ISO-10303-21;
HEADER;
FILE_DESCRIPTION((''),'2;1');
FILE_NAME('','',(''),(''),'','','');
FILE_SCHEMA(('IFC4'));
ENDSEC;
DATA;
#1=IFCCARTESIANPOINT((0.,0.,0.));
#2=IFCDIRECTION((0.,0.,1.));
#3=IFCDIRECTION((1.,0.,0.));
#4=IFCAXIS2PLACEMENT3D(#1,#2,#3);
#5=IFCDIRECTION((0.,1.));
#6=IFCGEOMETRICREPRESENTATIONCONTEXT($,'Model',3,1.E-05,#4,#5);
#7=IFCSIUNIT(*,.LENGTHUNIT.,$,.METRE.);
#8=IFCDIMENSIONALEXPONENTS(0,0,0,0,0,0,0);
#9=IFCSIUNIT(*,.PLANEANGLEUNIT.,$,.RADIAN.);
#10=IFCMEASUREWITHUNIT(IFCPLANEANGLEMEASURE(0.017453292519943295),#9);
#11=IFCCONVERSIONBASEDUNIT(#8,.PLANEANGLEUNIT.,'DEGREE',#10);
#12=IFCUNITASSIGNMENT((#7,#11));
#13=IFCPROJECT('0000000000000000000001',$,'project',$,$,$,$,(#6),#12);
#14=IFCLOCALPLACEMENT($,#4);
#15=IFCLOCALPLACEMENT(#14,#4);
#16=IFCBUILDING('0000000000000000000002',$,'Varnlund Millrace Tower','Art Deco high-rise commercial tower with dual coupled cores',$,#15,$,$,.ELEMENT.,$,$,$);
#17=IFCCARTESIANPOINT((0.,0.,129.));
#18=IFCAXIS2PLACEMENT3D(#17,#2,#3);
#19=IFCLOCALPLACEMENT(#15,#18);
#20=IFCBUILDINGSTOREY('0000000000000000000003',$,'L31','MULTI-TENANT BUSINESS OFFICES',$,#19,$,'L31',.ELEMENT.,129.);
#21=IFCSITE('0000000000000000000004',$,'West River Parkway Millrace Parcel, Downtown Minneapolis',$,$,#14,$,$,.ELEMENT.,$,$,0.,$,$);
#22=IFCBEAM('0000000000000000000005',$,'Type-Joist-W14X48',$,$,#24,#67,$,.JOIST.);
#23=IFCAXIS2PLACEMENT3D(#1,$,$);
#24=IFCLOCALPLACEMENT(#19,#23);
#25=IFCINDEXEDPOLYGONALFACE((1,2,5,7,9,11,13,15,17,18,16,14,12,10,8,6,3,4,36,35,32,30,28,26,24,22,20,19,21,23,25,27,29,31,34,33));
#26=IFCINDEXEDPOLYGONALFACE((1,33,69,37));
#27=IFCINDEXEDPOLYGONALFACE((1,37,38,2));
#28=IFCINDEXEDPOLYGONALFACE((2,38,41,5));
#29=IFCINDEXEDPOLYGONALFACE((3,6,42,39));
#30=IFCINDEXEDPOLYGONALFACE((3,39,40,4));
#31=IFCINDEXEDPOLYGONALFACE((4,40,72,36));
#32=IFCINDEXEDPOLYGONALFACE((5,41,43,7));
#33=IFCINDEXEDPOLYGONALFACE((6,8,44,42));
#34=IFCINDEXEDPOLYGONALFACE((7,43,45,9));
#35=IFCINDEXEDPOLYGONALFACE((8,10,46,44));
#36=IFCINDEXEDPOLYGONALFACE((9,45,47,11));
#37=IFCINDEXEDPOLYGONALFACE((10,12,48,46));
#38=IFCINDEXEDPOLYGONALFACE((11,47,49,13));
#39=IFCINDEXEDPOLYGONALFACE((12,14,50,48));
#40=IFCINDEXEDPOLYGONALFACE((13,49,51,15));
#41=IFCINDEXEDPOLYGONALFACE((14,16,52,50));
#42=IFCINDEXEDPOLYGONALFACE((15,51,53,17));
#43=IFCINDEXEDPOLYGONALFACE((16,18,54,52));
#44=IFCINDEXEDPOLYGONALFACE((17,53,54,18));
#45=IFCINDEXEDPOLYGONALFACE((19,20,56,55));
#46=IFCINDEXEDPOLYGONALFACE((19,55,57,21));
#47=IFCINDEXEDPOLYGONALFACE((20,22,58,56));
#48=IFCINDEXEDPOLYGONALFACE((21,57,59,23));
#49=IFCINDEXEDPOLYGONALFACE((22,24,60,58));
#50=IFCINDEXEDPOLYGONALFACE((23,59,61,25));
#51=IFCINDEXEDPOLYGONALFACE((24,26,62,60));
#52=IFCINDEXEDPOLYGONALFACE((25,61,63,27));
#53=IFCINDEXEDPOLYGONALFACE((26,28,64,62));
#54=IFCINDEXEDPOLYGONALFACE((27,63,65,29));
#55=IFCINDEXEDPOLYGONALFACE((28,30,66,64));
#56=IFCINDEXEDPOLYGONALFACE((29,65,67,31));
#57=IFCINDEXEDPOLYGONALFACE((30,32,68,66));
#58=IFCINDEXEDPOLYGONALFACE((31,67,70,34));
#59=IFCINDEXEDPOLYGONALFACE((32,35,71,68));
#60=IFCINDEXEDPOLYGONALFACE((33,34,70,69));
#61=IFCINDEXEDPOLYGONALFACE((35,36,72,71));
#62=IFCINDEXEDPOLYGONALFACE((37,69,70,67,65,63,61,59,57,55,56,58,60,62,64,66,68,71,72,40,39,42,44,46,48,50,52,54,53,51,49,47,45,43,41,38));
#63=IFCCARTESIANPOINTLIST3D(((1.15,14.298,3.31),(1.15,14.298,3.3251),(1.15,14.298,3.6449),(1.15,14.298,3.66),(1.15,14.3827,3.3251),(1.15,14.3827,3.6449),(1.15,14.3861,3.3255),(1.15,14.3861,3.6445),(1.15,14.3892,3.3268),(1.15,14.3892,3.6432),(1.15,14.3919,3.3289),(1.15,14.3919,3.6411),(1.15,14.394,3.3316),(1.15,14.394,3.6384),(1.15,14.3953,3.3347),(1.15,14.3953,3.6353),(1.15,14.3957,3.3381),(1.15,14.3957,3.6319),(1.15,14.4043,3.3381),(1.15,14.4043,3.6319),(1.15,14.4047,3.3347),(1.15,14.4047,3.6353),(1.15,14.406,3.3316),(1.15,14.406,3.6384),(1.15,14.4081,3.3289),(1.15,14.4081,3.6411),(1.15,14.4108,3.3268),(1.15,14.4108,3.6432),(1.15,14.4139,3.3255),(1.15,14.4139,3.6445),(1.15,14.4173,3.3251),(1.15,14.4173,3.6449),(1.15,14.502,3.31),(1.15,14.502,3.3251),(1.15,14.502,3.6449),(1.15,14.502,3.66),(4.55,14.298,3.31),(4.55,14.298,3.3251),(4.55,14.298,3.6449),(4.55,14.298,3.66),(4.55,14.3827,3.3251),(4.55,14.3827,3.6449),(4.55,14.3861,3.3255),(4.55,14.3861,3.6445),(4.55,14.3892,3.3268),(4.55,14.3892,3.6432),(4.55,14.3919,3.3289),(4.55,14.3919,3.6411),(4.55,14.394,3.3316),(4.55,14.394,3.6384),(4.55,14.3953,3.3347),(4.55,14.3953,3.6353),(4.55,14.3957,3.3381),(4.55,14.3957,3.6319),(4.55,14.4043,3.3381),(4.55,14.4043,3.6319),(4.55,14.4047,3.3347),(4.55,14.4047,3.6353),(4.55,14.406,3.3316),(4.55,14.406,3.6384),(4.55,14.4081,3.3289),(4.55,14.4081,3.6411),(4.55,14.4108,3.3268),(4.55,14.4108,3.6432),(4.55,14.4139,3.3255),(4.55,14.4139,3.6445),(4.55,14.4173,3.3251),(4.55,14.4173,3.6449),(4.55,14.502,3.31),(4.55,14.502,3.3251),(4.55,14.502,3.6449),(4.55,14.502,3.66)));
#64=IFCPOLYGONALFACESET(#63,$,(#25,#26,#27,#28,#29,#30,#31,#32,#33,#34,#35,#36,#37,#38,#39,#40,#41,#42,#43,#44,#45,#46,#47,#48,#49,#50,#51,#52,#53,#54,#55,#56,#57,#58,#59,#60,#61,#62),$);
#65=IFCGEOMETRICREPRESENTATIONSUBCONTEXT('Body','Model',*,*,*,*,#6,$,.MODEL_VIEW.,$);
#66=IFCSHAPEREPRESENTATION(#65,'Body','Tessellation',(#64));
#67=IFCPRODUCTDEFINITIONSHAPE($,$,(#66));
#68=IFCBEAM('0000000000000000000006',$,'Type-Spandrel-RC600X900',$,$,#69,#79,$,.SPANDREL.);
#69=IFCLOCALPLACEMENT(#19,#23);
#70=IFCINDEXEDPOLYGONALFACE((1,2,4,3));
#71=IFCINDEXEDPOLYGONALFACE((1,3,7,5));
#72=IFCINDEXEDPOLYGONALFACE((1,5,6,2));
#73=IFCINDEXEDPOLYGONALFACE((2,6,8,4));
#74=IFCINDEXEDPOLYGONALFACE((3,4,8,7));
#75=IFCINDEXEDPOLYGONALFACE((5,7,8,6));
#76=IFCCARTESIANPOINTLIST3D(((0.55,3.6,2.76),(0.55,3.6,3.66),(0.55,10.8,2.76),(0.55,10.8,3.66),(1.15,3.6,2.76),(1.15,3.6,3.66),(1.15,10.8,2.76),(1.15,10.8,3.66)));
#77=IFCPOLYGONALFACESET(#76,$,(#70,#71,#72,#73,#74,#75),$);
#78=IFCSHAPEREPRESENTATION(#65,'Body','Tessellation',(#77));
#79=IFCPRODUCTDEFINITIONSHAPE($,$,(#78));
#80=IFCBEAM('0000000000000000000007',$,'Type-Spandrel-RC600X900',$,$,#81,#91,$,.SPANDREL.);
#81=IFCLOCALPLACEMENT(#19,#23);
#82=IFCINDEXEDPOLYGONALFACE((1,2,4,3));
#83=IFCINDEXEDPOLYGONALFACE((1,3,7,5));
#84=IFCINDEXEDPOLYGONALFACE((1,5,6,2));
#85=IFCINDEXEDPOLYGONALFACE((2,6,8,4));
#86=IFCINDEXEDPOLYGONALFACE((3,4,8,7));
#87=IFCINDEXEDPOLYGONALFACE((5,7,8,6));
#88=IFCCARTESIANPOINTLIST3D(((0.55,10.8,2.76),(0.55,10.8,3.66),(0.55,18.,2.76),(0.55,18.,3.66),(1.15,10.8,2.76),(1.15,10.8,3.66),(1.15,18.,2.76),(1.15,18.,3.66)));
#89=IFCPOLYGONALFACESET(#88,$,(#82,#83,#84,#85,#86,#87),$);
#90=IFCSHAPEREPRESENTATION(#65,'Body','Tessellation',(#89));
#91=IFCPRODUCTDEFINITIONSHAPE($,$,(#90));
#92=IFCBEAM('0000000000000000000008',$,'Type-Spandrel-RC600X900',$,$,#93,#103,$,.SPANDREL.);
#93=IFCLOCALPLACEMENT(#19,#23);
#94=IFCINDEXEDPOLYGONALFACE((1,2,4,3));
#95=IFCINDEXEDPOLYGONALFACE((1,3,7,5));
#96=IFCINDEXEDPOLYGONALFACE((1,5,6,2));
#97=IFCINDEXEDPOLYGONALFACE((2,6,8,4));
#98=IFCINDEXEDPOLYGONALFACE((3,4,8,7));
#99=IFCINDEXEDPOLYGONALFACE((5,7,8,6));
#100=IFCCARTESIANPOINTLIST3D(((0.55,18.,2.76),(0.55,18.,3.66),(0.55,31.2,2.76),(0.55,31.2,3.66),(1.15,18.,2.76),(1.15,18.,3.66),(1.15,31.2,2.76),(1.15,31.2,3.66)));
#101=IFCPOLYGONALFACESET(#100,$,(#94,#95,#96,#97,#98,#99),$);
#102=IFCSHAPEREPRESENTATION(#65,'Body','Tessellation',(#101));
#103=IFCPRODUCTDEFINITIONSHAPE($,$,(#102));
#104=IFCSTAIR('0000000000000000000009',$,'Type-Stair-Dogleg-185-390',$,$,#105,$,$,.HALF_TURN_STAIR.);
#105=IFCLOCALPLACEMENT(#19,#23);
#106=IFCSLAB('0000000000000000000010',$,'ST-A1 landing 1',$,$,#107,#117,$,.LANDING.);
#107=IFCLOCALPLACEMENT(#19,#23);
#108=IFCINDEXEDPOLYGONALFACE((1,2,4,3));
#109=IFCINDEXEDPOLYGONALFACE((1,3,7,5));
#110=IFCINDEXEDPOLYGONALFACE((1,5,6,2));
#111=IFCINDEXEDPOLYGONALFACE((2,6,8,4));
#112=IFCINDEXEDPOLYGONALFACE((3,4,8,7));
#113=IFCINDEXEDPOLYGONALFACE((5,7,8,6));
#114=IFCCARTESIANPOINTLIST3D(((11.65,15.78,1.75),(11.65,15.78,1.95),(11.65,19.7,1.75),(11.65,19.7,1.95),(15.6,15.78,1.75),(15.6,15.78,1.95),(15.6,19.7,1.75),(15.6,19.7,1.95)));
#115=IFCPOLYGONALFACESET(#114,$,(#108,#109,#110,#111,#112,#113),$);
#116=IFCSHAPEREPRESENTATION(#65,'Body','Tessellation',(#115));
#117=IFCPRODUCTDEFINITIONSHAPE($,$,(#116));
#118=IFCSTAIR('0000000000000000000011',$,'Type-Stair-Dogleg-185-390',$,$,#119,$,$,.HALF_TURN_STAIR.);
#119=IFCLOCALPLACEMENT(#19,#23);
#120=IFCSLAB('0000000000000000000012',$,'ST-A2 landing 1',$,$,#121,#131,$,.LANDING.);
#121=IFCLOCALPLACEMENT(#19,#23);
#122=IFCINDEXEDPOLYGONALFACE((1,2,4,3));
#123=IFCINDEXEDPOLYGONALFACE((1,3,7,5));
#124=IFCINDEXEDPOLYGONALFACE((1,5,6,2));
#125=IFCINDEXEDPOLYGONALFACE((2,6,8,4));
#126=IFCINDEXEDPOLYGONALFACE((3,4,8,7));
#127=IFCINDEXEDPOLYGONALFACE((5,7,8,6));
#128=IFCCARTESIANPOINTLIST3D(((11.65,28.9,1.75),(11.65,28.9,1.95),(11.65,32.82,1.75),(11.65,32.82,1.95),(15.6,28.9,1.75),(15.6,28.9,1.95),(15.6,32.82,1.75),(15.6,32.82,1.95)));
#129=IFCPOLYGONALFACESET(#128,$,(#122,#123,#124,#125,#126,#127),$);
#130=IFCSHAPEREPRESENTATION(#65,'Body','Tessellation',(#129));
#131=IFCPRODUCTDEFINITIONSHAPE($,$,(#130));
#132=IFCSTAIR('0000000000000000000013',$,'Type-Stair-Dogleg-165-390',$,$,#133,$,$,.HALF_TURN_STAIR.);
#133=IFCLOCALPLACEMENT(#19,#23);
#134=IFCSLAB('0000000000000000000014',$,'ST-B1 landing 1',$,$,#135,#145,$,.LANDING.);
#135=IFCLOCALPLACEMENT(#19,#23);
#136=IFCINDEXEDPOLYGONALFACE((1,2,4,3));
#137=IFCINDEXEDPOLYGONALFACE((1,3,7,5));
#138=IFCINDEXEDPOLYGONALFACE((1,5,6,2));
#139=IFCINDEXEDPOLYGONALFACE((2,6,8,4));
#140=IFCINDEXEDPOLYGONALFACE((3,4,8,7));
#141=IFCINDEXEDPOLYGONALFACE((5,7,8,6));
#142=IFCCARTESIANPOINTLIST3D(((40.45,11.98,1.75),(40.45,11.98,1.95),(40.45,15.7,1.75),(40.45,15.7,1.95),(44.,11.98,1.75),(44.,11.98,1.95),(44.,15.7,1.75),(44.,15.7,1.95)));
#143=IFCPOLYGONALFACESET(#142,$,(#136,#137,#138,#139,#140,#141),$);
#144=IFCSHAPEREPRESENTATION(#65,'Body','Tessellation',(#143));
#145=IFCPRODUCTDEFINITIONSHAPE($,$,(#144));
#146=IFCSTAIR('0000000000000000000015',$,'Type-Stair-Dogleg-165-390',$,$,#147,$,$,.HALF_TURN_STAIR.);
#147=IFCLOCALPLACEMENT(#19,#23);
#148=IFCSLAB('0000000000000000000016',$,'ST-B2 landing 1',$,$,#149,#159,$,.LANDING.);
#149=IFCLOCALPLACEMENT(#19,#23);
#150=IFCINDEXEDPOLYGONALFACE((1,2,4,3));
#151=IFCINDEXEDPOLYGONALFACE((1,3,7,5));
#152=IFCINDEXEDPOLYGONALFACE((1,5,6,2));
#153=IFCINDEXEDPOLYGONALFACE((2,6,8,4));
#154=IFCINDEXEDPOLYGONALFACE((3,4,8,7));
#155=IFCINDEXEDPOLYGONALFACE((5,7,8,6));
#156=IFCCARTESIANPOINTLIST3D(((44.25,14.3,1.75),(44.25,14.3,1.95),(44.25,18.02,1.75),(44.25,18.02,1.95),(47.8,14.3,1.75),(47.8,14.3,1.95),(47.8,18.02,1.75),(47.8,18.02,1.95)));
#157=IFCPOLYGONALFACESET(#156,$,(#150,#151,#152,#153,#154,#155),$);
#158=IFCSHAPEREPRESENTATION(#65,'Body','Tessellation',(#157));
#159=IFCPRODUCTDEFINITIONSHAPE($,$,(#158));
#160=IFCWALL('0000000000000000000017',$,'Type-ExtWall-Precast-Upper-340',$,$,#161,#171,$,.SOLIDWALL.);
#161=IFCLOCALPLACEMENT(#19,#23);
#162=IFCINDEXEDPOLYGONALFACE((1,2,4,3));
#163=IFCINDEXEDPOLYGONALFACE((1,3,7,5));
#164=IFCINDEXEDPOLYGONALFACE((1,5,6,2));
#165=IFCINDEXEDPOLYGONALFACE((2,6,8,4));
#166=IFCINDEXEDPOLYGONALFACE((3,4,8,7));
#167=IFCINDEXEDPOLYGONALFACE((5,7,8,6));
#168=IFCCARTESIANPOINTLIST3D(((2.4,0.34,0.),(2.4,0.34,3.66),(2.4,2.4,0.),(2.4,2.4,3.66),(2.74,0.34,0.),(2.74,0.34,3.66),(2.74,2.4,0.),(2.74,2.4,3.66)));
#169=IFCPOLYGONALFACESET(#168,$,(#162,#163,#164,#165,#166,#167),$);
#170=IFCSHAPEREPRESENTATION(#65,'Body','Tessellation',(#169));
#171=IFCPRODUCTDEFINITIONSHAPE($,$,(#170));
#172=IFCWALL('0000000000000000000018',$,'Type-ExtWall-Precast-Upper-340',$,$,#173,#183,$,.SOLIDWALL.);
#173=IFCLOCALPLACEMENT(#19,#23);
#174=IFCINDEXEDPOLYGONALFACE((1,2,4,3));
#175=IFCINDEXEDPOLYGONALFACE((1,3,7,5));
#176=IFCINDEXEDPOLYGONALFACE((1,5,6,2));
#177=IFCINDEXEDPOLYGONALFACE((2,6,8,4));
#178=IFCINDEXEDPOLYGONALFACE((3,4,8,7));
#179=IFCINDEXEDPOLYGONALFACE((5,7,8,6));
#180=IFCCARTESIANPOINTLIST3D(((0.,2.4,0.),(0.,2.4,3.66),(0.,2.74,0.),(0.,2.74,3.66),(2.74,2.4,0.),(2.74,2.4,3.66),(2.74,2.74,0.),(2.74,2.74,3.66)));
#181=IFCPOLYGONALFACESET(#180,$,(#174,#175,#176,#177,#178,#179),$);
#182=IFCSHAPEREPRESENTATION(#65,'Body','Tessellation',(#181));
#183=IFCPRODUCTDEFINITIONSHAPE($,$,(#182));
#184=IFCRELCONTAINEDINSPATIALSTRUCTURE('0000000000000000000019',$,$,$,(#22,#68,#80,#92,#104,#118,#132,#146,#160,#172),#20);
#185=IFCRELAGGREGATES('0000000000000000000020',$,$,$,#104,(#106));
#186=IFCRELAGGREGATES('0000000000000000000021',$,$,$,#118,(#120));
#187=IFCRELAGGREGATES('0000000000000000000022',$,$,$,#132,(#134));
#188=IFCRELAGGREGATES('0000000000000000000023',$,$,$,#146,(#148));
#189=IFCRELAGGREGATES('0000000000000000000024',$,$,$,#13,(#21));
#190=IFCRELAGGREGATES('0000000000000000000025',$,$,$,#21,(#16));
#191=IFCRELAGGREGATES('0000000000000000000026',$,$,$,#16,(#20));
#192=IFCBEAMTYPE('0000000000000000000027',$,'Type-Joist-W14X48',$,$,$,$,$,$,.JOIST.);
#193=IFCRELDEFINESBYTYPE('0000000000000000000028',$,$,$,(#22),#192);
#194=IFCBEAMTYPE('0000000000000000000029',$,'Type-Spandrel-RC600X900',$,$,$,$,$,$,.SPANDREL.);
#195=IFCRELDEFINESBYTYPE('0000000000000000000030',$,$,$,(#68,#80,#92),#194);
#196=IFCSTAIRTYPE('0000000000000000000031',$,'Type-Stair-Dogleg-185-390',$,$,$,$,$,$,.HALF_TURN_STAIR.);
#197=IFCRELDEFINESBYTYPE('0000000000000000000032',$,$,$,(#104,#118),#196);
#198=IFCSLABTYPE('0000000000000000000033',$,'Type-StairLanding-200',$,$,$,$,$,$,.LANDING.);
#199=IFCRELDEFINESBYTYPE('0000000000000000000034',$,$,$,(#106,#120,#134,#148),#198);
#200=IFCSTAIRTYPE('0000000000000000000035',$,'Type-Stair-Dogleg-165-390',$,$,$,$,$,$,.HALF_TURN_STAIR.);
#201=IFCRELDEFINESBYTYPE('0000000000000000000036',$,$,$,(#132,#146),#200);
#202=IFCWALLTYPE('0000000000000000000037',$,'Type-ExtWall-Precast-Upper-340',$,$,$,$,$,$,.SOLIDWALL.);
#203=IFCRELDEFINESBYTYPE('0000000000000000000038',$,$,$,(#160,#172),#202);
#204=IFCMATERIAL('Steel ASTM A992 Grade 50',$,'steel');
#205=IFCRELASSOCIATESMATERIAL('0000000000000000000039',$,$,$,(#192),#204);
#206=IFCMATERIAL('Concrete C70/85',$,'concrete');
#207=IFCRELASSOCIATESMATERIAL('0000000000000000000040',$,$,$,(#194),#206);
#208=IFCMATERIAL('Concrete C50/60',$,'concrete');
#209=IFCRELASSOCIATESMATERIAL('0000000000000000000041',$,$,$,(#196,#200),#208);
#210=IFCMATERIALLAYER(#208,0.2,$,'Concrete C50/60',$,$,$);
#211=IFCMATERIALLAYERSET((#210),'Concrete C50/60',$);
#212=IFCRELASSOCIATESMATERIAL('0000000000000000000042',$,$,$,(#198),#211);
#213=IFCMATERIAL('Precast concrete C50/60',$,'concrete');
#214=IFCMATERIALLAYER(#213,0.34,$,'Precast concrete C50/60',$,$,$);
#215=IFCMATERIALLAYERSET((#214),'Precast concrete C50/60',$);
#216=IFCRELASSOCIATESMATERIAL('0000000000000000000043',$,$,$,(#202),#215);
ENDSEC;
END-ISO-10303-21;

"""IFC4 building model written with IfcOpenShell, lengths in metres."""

from ifc_helpers import new_model, entity, si_unit, converted_unit, direction, frame, origin_with_axes, origin_2d_with_axis, place, context, subcontext, project, spatial, polyline, rectangle, i_section, outline, extrude, material, layer, layer_set, material_profile, profile_set, type_object, element, aggregate, save


model = new_model("IFC4")

# Units and contexts
model_context = context("Model", 3, precision=1e-05, world=origin_with_axes(), true_north=direction((0.0, 1.0)))
body_context = subcontext(model_context, "Body", "Model", "MODEL_VIEW")
ifc_project = project(units=[si_unit("LENGTHUNIT", "METRE"), converted_unit("PLANEANGLEUNIT", "DEGREE", entity("IfcPlaneAngleMeasure", 0.017453292519943295), si_unit("PLANEANGLEUNIT", "RADIAN"), dimensions=[0, 0, 0, 0, 0, 0, 0])], contexts=[model_context])

# Site, building, storey
site_placement = place(None, origin_with_axes())
site = spatial("IfcSite", under=ifc_project, at=site_placement, Name="West River Parkway Millrace Parcel, Downtown Minneapolis", CompositionType="ELEMENT", RefElevation=0.0)
building_placement = place(site_placement, origin_with_axes())
building = spatial("IfcBuilding", under=site, at=building_placement, Name="Varnlund Millrace Tower", Description="Art Deco high-rise commercial tower with dual coupled cores", CompositionType="ELEMENT")
storey_placement = place(building_placement, frame((0.0, 0.0, 129.0), z_axis=(0.0, 0.0, 1.0), x_axis=(1.0, 0.0, 0.0)))
storey = spatial("IfcBuildingStorey", under=building, at=storey_placement, Name="L31", Description="MULTI-TENANT BUSINESS OFFICES", LongName="L31", CompositionType="ELEMENT", Elevation=129.0)

# Beams
ifc_material_1 = material(Name="Steel ASTM A992 Grade 50", Category="steel")
ifc_material_profile_1 = material_profile(ifc_material_1, i_section(OverallWidth=0.204, OverallDepth=0.35, WebThickness=0.0086, FlangeThickness=0.0151, FilletRadius=0.013, at=origin_2d_with_axis()), Name="Steel ASTM A992 Grade 50")
ifc_profile_set_1 = profile_set([ifc_material_profile_1], Name="Steel ASTM A992 Grade 50")
beam_type_1 = type_object("IfcBeamType", Name="Type-Joist-W14X48", PredefinedType="JOIST", material=ifc_profile_set_1)
for number, where, z_axis, x_axis, name in (
    (1, (1.15, 14.4, 3.485), (1.0, 0.0, 0.0), (0.0, 1.0, 0.0), "Type-Joist-W14X48"),
):
    element("IfcBeam", number, at=place(storey_placement, frame(where, z_axis=z_axis, x_axis=x_axis)), inside=storey, type_object=beam_type_1, Name=name, PredefinedType="JOIST", context=body_context, shape_type="SweptSolid", body=[
        extrude(i_section(OverallWidth=0.204, OverallDepth=0.35, WebThickness=0.0086, FlangeThickness=0.0151, FilletRadius=0.013, at=origin_2d_with_axis()), origin_with_axes(), (0.0, 0.0, 1.0), 3.4),
    ])
ifc_material_2 = material(Name="Concrete C70/85", Category="concrete")
ifc_material_profile_2 = material_profile(ifc_material_2, rectangle(XDim=0.6, YDim=0.9, at=origin_2d_with_axis()), Name="Concrete C70/85")
ifc_profile_set_2 = profile_set([ifc_material_profile_2], Name="Concrete C70/85")
beam_type_2 = type_object("IfcBeamType", Name="Type-Spandrel-RC600X900", PredefinedType="SPANDREL", material=ifc_profile_set_2)
for number, where, z_axis, x_axis, name in (
    (2, (0.85, 3.6, 3.21), (0.0, 1.0, 0.0), (-1.0, 0.0, 0.0), "Type-Spandrel-RC600X900"),
    (3, (0.85, 10.8, 3.21), (0.0, 1.0, 0.0), (-1.0, 0.0, 0.0), "Type-Spandrel-RC600X900"),
):
    element("IfcBeam", number, at=place(storey_placement, frame(where, z_axis=z_axis, x_axis=x_axis)), inside=storey, type_object=beam_type_2, Name=name, PredefinedType="SPANDREL", context=body_context, shape_type="SweptSolid", body=[
        extrude(rectangle(XDim=0.6, YDim=0.9, at=origin_2d_with_axis()), origin_with_axes(), (0.0, 0.0, 1.0), 7.2),
    ])
beam_1_placement = place(storey_placement, frame((0.85, 18.0, 3.21), z_axis=(0.0, 1.0, 0.0), x_axis=(-1.0, 0.0, 0.0)))
element("IfcBeam", 4, at=beam_1_placement, inside=storey, type_object=beam_type_2, Name="Type-Spandrel-RC600X900", PredefinedType="SPANDREL", context=body_context, shape_type="SweptSolid", body=[
    extrude(rectangle(XDim=0.6, YDim=0.9, at=origin_2d_with_axis()), origin_with_axes(), (0.0, 0.0, 1.0), 13.2),
])

# Stairs, slabs
ifc_material_3 = material(Name="Concrete C50/60", Category="concrete")
stair_type_1 = type_object("IfcStairType", Name="Type-Stair-Dogleg-185-390", PredefinedType="HALF_TURN_STAIR", material=ifc_material_3)
stair_1_placement = place(storey_placement, origin_with_axes())
stair_1 = element("IfcStair", 5, at=stair_1_placement, inside=storey, type_object=stair_type_1, Name="Type-Stair-Dogleg-185-390", PredefinedType="HALF_TURN_STAIR")
ifc_layer_1 = layer(ifc_material_3, 0.2, Name="Concrete C50/60")
ifc_layer_set_1 = layer_set([ifc_layer_1], Name="Concrete C50/60")
slab_type = type_object("IfcSlabType", Name="Type-StairLanding-200", PredefinedType="LANDING", material=ifc_layer_set_1)
slab_1_placement = place(storey_placement, frame((0.0, 0.0, 1.75), z_axis=(0.0, 0.0, 1.0), x_axis=(1.0, 0.0, 0.0)))
slab_1 = element("IfcSlab", 6, at=slab_1_placement, type_object=slab_type, Name="ST-A1 landing 1", PredefinedType="LANDING", context=body_context, shape_type="SweptSolid", body=[
    extrude(outline(polyline([(15.6, 15.78), (15.6, 19.7), (11.65, 19.7), (11.65, 15.78), (15.6, 15.78)])), origin_with_axes(), (0.0, 0.0, 1.0), 0.2),
])
aggregate(stair_1, [slab_1])
stair_2_placement = place(storey_placement, origin_with_axes())
stair_2 = element("IfcStair", 7, at=stair_2_placement, inside=storey, type_object=stair_type_1, Name="Type-Stair-Dogleg-185-390", PredefinedType="HALF_TURN_STAIR")
slab_2_placement = place(storey_placement, frame((0.0, 0.0, 1.75), z_axis=(0.0, 0.0, 1.0), x_axis=(1.0, 0.0, 0.0)))
slab_2 = element("IfcSlab", 8, at=slab_2_placement, type_object=slab_type, Name="ST-A2 landing 1", PredefinedType="LANDING", context=body_context, shape_type="SweptSolid", body=[
    extrude(outline(polyline([(11.65, 32.82), (11.65, 28.9), (15.6, 28.9), (15.6, 32.82), (11.65, 32.82)])), origin_with_axes(), (0.0, 0.0, 1.0), 0.2),
])
aggregate(stair_2, [slab_2])
stair_type_2 = type_object("IfcStairType", Name="Type-Stair-Dogleg-165-390", PredefinedType="HALF_TURN_STAIR", material=ifc_material_3)
stair_3_placement = place(storey_placement, origin_with_axes())
stair_3 = element("IfcStair", 9, at=stair_3_placement, inside=storey, type_object=stair_type_2, Name="Type-Stair-Dogleg-165-390", PredefinedType="HALF_TURN_STAIR")
slab_3_placement = place(storey_placement, frame((0.0, 0.0, 1.75), z_axis=(0.0, 0.0, 1.0), x_axis=(1.0, 0.0, 0.0)))
slab_3 = element("IfcSlab", 10, at=slab_3_placement, type_object=slab_type, Name="ST-B1 landing 1", PredefinedType="LANDING", context=body_context, shape_type="SweptSolid", body=[
    extrude(outline(polyline([(44.0, 11.98), (44.0, 15.7), (40.45, 15.7), (40.45, 11.98), (44.0, 11.98)])), origin_with_axes(), (0.0, 0.0, 1.0), 0.2),
])
aggregate(stair_3, [slab_3])
stair_4_placement = place(storey_placement, origin_with_axes())
stair_4 = element("IfcStair", 11, at=stair_4_placement, inside=storey, type_object=stair_type_2, Name="Type-Stair-Dogleg-165-390", PredefinedType="HALF_TURN_STAIR")
slab_4_placement = place(storey_placement, frame((0.0, 0.0, 1.75), z_axis=(0.0, 0.0, 1.0), x_axis=(1.0, 0.0, 0.0)))
slab_4 = element("IfcSlab", 12, at=slab_4_placement, type_object=slab_type, Name="ST-B2 landing 1", PredefinedType="LANDING", context=body_context, shape_type="SweptSolid", body=[
    extrude(outline(polyline([(44.25, 18.02), (44.25, 14.3), (47.8, 14.3), (47.8, 18.02), (44.25, 18.02)])), origin_with_axes(), (0.0, 0.0, 1.0), 0.2),
])
aggregate(stair_4, [slab_4])

# Walls
ifc_material_4 = material(Name="Precast concrete C50/60", Category="concrete")
ifc_layer_2 = layer(ifc_material_4, 0.34, Name="Precast concrete C50/60")
ifc_layer_set_2 = layer_set([ifc_layer_2], Name="Precast concrete C50/60")
wall_type = type_object("IfcWallType", Name="Type-ExtWall-Precast-Upper-340", PredefinedType="SOLIDWALL", material=ifc_layer_set_2)
wall_1_placement = place(storey_placement, frame((2.57, 0.34, 0.0), z_axis=(0.0, 0.0, 1.0), x_axis=(0.0, 1.0, 0.0)))
element("IfcWall", 13, at=wall_1_placement, inside=storey, type_object=wall_type, Name="Type-ExtWall-Precast-Upper-340", PredefinedType="SOLIDWALL", context=body_context, shape_type="SweptSolid", body=[
    extrude(outline(polyline([(0.0, -0.17), (2.06, -0.17), (2.06, 0.17), (0.0, 0.17), (0.0, -0.17)])), origin_with_axes(), (0.0, 0.0, 1.0), 3.66),
])
wall_2_placement = place(storey_placement, frame((2.74, 2.57, 0.0), z_axis=(0.0, 0.0, 1.0), x_axis=(-1.0, 0.0, 0.0)))
element("IfcWall", 14, at=wall_2_placement, inside=storey, type_object=wall_type, Name="Type-ExtWall-Precast-Upper-340", PredefinedType="SOLIDWALL", context=body_context, shape_type="SweptSolid", body=[
    extrude(outline(polyline([(0.0, -0.17), (2.74, -0.17), (2.74, 0.17), (0.0, 0.17), (0.0, -0.17)])), origin_with_axes(), (0.0, 0.0, 1.0), 3.66),
])

save(model, "model.ifc")
